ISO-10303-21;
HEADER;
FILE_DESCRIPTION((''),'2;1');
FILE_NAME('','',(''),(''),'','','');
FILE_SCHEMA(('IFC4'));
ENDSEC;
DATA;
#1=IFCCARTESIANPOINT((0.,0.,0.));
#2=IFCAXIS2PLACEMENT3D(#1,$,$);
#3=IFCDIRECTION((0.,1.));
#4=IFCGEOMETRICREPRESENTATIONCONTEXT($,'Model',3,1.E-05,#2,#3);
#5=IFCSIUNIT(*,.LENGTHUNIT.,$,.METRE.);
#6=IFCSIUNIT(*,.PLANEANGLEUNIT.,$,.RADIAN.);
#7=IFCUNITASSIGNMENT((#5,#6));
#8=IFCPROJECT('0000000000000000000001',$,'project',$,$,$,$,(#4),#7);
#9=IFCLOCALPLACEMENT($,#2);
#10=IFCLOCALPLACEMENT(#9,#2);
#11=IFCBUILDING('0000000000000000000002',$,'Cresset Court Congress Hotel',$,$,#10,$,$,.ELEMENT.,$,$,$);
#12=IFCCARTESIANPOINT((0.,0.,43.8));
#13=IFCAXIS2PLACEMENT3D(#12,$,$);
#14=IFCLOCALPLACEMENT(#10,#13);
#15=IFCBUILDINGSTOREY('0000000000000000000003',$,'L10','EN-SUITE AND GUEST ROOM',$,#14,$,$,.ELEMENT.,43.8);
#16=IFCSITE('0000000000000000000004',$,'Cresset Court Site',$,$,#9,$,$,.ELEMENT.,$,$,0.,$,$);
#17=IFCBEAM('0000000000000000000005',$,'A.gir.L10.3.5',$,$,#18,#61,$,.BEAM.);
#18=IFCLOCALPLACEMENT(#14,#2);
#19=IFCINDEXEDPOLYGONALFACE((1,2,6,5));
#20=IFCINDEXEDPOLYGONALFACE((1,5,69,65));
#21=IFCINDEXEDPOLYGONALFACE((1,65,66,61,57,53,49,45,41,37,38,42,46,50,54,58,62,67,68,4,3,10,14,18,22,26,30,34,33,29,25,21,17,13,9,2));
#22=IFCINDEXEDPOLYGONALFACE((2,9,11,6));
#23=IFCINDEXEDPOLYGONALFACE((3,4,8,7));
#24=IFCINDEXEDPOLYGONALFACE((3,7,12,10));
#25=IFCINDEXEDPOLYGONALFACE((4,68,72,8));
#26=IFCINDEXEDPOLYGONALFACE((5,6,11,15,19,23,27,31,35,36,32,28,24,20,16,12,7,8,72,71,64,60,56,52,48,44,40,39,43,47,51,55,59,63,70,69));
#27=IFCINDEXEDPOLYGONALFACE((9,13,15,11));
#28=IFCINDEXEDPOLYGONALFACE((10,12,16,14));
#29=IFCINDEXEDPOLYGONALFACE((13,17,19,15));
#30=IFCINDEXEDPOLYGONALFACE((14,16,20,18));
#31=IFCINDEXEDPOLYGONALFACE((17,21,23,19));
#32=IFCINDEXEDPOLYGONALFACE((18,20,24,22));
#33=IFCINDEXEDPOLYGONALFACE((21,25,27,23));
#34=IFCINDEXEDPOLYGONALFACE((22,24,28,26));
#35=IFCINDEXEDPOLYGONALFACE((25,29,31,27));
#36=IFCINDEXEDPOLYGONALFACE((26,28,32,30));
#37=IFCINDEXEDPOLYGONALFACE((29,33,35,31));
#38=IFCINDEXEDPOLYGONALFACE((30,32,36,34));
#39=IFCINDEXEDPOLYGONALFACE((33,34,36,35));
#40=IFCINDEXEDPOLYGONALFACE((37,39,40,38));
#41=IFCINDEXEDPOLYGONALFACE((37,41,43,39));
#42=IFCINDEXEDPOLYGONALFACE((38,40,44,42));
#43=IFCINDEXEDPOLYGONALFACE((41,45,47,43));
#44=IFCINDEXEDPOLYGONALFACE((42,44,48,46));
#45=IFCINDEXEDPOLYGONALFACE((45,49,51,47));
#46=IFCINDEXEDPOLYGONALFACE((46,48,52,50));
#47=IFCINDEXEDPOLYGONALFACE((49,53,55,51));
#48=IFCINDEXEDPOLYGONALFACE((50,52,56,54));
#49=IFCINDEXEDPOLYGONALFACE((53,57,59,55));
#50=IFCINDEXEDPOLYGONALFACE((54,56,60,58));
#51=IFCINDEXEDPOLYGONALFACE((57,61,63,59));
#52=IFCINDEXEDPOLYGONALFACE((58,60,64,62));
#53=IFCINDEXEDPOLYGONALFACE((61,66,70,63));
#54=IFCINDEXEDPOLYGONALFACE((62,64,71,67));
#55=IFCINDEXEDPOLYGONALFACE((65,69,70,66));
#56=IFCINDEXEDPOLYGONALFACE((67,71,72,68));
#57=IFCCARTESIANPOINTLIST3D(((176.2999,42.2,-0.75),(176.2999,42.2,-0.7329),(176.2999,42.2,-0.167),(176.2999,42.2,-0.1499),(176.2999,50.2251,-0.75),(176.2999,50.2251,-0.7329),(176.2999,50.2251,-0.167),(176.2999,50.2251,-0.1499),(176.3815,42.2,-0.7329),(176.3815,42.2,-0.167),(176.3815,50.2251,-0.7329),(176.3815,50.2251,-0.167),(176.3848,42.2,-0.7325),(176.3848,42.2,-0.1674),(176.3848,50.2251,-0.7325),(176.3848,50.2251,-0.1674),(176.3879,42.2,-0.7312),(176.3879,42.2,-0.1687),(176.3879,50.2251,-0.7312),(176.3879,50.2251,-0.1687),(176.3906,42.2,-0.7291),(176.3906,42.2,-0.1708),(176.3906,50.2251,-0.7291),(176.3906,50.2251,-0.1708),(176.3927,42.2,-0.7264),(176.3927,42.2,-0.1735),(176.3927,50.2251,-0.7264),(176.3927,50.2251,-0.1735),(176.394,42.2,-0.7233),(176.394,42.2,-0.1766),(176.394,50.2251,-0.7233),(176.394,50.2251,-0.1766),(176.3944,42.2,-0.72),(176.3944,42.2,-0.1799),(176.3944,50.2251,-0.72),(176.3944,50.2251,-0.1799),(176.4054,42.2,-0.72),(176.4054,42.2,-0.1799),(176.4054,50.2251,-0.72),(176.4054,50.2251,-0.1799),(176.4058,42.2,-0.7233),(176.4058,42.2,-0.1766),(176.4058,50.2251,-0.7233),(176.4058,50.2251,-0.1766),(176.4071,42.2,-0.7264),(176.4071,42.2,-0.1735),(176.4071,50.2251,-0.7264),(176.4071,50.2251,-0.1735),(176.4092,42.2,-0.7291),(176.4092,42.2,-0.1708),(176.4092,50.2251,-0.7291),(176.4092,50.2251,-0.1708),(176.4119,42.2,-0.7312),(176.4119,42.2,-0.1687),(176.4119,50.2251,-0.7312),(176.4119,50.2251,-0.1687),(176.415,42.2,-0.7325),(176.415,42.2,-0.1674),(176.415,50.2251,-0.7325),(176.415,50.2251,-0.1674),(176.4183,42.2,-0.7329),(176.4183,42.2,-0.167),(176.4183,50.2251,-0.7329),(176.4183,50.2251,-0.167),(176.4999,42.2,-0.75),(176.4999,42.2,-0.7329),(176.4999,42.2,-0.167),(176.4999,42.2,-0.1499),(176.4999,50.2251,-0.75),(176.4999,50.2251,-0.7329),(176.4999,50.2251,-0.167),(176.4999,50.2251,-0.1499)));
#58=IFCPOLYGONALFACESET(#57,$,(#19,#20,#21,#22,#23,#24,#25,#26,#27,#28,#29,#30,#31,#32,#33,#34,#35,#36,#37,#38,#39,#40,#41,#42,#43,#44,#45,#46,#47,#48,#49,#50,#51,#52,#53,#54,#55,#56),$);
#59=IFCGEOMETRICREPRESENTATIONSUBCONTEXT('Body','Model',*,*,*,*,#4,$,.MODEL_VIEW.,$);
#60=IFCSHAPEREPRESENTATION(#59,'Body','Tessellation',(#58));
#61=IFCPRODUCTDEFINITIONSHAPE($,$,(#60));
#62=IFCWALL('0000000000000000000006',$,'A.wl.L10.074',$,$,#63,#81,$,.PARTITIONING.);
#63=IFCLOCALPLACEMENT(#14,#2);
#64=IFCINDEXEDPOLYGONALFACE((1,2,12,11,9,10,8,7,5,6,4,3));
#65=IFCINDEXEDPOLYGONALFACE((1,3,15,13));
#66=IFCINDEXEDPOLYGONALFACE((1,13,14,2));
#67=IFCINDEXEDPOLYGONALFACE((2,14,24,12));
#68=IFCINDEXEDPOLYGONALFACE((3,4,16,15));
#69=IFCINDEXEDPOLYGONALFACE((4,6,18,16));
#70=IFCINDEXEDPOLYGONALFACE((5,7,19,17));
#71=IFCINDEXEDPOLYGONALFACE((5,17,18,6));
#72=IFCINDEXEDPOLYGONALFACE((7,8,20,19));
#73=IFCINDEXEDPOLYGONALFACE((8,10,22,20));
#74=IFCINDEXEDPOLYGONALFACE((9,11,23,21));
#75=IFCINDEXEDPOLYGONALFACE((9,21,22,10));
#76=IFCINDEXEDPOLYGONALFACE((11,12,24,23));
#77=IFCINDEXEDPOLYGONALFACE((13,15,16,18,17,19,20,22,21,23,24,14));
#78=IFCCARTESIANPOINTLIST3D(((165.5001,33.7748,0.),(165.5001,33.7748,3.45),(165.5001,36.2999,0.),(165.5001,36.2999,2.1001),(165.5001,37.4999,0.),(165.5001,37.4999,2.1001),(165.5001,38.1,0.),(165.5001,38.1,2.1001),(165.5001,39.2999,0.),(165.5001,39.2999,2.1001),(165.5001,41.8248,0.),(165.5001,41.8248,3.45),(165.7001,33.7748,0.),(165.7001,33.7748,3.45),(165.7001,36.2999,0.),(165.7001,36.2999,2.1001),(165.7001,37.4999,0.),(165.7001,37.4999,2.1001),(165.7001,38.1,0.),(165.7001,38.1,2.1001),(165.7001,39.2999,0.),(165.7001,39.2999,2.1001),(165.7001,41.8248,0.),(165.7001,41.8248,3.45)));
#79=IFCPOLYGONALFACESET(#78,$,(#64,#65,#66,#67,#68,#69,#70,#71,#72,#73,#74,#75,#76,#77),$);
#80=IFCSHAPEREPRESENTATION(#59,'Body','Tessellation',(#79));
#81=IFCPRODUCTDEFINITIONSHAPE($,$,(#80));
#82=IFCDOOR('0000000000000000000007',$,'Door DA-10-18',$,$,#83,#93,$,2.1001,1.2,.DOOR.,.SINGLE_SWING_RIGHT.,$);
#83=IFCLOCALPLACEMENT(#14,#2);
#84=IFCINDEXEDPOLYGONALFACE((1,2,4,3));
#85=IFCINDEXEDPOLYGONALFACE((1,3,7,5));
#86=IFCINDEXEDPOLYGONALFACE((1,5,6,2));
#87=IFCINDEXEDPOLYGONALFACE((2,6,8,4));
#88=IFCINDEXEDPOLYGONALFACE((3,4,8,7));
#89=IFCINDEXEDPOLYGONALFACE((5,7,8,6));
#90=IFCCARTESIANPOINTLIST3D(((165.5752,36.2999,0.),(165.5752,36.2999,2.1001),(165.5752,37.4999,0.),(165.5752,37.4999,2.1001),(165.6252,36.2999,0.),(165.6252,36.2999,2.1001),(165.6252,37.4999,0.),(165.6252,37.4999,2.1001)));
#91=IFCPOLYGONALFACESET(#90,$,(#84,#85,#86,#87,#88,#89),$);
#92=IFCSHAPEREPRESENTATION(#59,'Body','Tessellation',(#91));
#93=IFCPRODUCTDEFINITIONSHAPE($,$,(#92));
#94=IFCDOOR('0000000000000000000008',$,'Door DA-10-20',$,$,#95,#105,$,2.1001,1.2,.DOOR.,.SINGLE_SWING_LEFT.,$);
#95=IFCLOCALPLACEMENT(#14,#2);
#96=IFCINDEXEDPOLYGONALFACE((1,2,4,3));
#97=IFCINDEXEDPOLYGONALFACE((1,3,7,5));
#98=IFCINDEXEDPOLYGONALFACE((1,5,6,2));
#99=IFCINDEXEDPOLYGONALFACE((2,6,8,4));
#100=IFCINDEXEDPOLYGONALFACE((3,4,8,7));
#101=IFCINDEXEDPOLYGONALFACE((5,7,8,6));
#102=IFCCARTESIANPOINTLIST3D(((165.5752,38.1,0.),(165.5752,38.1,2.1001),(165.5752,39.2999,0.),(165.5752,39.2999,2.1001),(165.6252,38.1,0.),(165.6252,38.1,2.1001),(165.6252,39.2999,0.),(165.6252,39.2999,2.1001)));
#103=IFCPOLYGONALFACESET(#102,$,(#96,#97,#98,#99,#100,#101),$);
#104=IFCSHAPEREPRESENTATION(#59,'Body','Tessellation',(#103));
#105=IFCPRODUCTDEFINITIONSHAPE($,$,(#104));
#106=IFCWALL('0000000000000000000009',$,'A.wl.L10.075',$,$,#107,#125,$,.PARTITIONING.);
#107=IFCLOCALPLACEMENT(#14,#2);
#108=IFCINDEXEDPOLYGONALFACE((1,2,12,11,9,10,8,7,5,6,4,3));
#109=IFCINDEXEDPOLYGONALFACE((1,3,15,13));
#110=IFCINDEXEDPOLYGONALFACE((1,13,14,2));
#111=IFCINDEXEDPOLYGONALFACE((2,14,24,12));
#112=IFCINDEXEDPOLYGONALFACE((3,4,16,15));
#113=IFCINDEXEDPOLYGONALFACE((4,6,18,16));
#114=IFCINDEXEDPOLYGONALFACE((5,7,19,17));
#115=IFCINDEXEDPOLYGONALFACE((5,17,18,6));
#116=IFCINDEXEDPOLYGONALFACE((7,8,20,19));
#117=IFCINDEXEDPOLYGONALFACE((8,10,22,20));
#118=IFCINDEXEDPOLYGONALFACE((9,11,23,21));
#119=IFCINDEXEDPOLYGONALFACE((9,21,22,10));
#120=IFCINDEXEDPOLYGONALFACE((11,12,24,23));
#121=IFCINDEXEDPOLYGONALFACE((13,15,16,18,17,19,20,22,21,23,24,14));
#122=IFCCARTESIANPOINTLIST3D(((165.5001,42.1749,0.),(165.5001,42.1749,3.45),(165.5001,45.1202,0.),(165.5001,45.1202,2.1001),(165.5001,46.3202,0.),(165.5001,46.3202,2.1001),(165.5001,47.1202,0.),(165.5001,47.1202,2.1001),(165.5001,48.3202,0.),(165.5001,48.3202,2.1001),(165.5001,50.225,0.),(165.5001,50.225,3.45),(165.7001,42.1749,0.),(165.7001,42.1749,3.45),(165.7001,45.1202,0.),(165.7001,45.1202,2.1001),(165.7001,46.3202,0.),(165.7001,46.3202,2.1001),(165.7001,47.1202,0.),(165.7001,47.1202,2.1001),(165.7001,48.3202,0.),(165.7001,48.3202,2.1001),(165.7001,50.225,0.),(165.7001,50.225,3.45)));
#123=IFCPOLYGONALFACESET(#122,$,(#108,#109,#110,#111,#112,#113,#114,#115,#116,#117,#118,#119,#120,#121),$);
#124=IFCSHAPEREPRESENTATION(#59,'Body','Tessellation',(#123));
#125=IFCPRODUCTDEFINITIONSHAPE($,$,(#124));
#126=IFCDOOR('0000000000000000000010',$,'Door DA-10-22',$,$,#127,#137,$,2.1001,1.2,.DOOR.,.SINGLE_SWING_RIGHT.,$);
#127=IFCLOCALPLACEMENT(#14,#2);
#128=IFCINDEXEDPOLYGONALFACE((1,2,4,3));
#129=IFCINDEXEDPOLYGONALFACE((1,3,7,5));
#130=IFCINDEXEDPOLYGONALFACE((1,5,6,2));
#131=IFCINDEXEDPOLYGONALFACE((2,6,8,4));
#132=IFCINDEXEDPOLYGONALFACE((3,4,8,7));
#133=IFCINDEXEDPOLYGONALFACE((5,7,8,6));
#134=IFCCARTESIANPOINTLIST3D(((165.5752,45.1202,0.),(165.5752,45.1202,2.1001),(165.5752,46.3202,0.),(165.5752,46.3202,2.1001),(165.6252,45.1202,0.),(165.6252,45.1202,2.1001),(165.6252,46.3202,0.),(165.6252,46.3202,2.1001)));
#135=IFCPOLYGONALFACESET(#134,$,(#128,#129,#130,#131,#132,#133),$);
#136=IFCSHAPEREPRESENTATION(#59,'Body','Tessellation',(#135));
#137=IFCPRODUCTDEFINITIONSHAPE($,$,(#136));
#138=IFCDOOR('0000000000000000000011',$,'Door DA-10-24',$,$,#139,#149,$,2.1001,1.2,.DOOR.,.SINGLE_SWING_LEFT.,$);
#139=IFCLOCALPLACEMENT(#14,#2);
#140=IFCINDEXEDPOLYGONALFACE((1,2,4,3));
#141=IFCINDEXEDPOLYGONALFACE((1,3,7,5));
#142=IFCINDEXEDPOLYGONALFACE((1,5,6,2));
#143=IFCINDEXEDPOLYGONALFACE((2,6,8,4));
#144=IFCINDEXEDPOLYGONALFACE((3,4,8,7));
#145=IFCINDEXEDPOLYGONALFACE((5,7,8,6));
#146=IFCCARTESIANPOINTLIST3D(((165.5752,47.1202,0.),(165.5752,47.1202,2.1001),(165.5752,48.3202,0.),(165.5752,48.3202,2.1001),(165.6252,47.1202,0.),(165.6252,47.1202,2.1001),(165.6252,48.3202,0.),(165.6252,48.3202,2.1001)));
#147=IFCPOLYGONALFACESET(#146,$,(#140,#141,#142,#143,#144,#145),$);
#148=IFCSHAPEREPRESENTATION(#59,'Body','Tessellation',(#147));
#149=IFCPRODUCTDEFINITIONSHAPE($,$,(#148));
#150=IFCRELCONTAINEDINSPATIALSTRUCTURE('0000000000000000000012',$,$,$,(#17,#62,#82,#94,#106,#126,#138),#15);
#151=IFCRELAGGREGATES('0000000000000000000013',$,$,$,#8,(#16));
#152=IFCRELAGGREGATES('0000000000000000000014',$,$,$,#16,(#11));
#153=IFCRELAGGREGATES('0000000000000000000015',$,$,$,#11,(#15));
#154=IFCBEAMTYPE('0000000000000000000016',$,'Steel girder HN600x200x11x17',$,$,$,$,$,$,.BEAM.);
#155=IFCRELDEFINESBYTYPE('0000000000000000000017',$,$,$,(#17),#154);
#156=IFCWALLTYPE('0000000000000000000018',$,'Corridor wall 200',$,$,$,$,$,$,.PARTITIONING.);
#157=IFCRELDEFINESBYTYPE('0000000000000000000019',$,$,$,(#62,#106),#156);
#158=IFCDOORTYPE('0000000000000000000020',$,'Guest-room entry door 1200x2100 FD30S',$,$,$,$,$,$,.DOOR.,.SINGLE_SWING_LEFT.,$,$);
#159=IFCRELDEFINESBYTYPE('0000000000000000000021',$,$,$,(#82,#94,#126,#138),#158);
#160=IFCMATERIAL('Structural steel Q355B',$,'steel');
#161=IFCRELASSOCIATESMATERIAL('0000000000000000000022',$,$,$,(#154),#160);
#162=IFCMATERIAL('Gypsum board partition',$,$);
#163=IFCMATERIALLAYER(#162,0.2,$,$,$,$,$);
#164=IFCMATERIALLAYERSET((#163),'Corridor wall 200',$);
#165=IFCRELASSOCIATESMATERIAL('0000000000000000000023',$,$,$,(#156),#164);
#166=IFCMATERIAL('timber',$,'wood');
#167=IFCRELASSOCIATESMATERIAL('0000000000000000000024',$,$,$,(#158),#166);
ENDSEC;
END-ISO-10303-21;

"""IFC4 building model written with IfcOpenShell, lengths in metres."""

from ifc_helpers import new_model, si_unit, direction, frame, frame_2d, origin, origin_2d, place, context, subcontext, project, spatial, rectangle, i_section, extrude, material, layer, layer_set, material_profile, profile_set, type_object, element, fill, save


model = new_model("IFC4")

# Units and contexts
model_context = context("Model", 3, precision=1e-05, world=origin(), true_north=direction((0.0, 1.0)))
body_context = subcontext(model_context, "Body", "Model", "MODEL_VIEW")
ifc_project = project(units=[si_unit("LENGTHUNIT", "METRE"), si_unit("PLANEANGLEUNIT", "RADIAN")], contexts=[model_context])

# Site, building, storey
site_placement = place(None, origin())
site = spatial("IfcSite", under=ifc_project, at=site_placement, Name="Cresset Court Site", CompositionType="ELEMENT", RefElevation=0.0)
building_placement = place(site_placement, origin())
building = spatial("IfcBuilding", under=site, at=building_placement, Name="Cresset Court Congress Hotel", CompositionType="ELEMENT")
storey_placement = place(building_placement, frame((0.0, 0.0, 43.8)))
storey = spatial("IfcBuildingStorey", under=building, at=storey_placement, Name="L10", Description="EN-SUITE AND GUEST ROOM", CompositionType="ELEMENT", Elevation=43.8)

# Beam
ifc_material_1 = material(Name="Structural steel Q355B", Category="steel")
ifc_material_profile_1 = material_profile(ifc_material_1, i_section(OverallWidth=0.2, OverallDepth=0.6001, WebThickness=0.011, FlangeThickness=0.0171, FilletRadius=0.0129, at=origin_2d()), Name="HN600x200x11x17")
ifc_profile_set_1 = profile_set([ifc_material_profile_1], Name="Structural steel Q355B")
beam_type_1 = type_object("IfcBeamType", Name="Steel girder HN600x200x11x17", PredefinedType="BEAM", material=ifc_profile_set_1)
for number, where, z_axis, x_axis, name in (
    (1, (176.3999, 42.2, -0.45), (0.0, 1.0, 0.0), (-1.0, 0.0, 0.0), "A.gir.L10.3.5"),
):
    element("IfcBeam", number, at=place(storey_placement, frame(where, z_axis=z_axis, x_axis=x_axis)), inside=storey, type_object=beam_type_1, Name=name, PredefinedType="BEAM", context=body_context, shape_type="SweptSolid", body=[
        extrude(i_section(OverallWidth=0.2, OverallDepth=0.6001, WebThickness=0.011, FlangeThickness=0.0171, FilletRadius=0.0129, at=origin_2d()), origin(), (0.0, 0.0, 1.0), 8.0251),
    ])

# Walls, openings, doors
ifc_material_2 = material(Name="Gypsum board partition")
ifc_layer_1 = layer(ifc_material_2, 0.2)
ifc_layer_set_1 = layer_set([ifc_layer_1], Name="Corridor wall 200")
wall_type_1 = type_object("IfcWallType", Name="Corridor wall 200", PredefinedType="PARTITIONING", material=ifc_layer_set_1)
wall_1_placement = place(storey_placement, frame((165.6001, 33.7749, 0.0), z_axis=(0.0, 0.0, 1.0), x_axis=(0.0, 1.0, 0.0)))
wall_1 = element("IfcWall", 2, at=wall_1_placement, inside=storey, type_object=wall_type_1, Name="A.wl.L10.074", PredefinedType="PARTITIONING", context=body_context, shape_type="SweptSolid", body=[
    extrude(rectangle(XDim=8.05, YDim=0.2, at=frame_2d((4.0249, 0.0))), origin(), (0.0, 0.0, 1.0), 3.45),
])
opening_1_placement = place(wall_1_placement, frame((2.5249, 0.0, 0.0)))
opening_1 = element("IfcOpeningElement", 3, at=opening_1_placement, cuts=wall_1, PredefinedType="OPENING", context=body_context, shape_type="SweptSolid", body=[
    extrude(rectangle(XDim=1.2, YDim=2.1001, at=frame_2d((0.6001, 1.05))), frame((0.0, 0.1099, 0.0), z_axis=(0.0, -1.0, 0.0), x_axis=(1.0, 0.0, 0.0)), (0.0, 0.0, 1.0), 0.22),
])
opening_2_placement = place(wall_1_placement, frame((4.325, 0.0, 0.0)))
opening_2 = element("IfcOpeningElement", 4, at=opening_2_placement, cuts=wall_1, PredefinedType="OPENING", context=body_context, shape_type="SweptSolid", body=[
    extrude(rectangle(XDim=1.2, YDim=2.1001, at=frame_2d((0.6001, 1.05))), frame((0.0, 0.1099, 0.0), z_axis=(0.0, -1.0, 0.0), x_axis=(1.0, 0.0, 0.0)), (0.0, 0.0, 1.0), 0.22),
])
ifc_material_3 = material(Name="timber", Category="wood")
door_type = type_object("IfcDoorType", Name="Guest-room entry door 1200x2100 FD30S", OperationType="SINGLE_SWING_LEFT", PredefinedType="DOOR", material=ifc_material_3)
door_1_placement = place(opening_1_placement, origin())
door_1 = element("IfcDoor", 5, at=door_1_placement, inside=storey, type_object=door_type, Name="Door DA-10-18", OperationType="SINGLE_SWING_RIGHT", OverallHeight=2.1001, OverallWidth=1.2, PredefinedType="DOOR", context=body_context, shape_type="SweptSolid", body=[
    extrude(rectangle(XDim=1.2, YDim=2.1001, at=frame_2d((0.6001, 1.05))), frame((0.0, 0.0249, 0.0), z_axis=(0.0, -1.0, 0.0), x_axis=(1.0, 0.0, 0.0)), (0.0, 0.0, 1.0), 0.05),
])
fill(opening_1, door_1)
door_2_placement = place(opening_2_placement, origin())
door_2 = element("IfcDoor", 6, at=door_2_placement, inside=storey, type_object=door_type, Name="Door DA-10-20", OperationType="SINGLE_SWING_LEFT", OverallHeight=2.1001, OverallWidth=1.2, PredefinedType="DOOR", context=body_context, shape_type="SweptSolid", body=[
    extrude(rectangle(XDim=1.2, YDim=2.1001, at=frame_2d((0.6001, 1.05))), frame((0.0, 0.0249, 0.0), z_axis=(0.0, -1.0, 0.0), x_axis=(1.0, 0.0, 0.0)), (0.0, 0.0, 1.0), 0.05),
])
fill(opening_2, door_2)
wall_2_placement = place(storey_placement, frame((165.6001, 42.175, 0.0), z_axis=(0.0, 0.0, 1.0), x_axis=(0.0, 1.0, 0.0)))
wall_2 = element("IfcWall", 7, at=wall_2_placement, inside=storey, type_object=wall_type_1, Name="A.wl.L10.075", PredefinedType="PARTITIONING", context=body_context, shape_type="SweptSolid", body=[
    extrude(rectangle(XDim=8.05, YDim=0.2, at=frame_2d((4.0249, 0.0))), origin(), (0.0, 0.0, 1.0), 3.45),
])
opening_3_placement = place(wall_2_placement, frame((2.9451, 0.0, 0.0)))
opening_3 = element("IfcOpeningElement", 8, at=opening_3_placement, cuts=wall_2, PredefinedType="OPENING", context=body_context, shape_type="SweptSolid", body=[
    extrude(rectangle(XDim=1.2, YDim=2.1001, at=frame_2d((0.6001, 1.05))), frame((0.0, 0.1099, 0.0), z_axis=(0.0, -1.0, 0.0), x_axis=(1.0, 0.0, 0.0)), (0.0, 0.0, 1.0), 0.22),
])
opening_4_placement = place(wall_2_placement, frame((4.9451, 0.0, 0.0)))
opening_4 = element("IfcOpeningElement", 9, at=opening_4_placement, cuts=wall_2, PredefinedType="OPENING", context=body_context, shape_type="SweptSolid", body=[
    extrude(rectangle(XDim=1.2, YDim=2.1001, at=frame_2d((0.6001, 1.05))), frame((0.0, 0.1099, 0.0), z_axis=(0.0, -1.0, 0.0), x_axis=(1.0, 0.0, 0.0)), (0.0, 0.0, 1.0), 0.22),
])
door_3_placement = place(opening_3_placement, origin())
door_3 = element("IfcDoor", 10, at=door_3_placement, inside=storey, type_object=door_type, Name="Door DA-10-22", OperationType="SINGLE_SWING_RIGHT", OverallHeight=2.1001, OverallWidth=1.2, PredefinedType="DOOR", context=body_context, shape_type="SweptSolid", body=[
    extrude(rectangle(XDim=1.2, YDim=2.1001, at=frame_2d((0.6001, 1.05))), frame((0.0, 0.0249, 0.0), z_axis=(0.0, -1.0, 0.0), x_axis=(1.0, 0.0, 0.0)), (0.0, 0.0, 1.0), 0.05),
])
fill(opening_3, door_3)
door_4_placement = place(opening_4_placement, origin())
door_4 = element("IfcDoor", 11, at=door_4_placement, inside=storey, type_object=door_type, Name="Door DA-10-24", OperationType="SINGLE_SWING_LEFT", OverallHeight=2.1001, OverallWidth=1.2, PredefinedType="DOOR", context=body_context, shape_type="SweptSolid", body=[
    extrude(rectangle(XDim=1.2, YDim=2.1001, at=frame_2d((0.6001, 1.05))), frame((0.0, 0.0249, 0.0), z_axis=(0.0, -1.0, 0.0), x_axis=(1.0, 0.0, 0.0)), (0.0, 0.0, 1.0), 0.05),
])
fill(opening_4, door_4)

save(model, "model.ifc")
